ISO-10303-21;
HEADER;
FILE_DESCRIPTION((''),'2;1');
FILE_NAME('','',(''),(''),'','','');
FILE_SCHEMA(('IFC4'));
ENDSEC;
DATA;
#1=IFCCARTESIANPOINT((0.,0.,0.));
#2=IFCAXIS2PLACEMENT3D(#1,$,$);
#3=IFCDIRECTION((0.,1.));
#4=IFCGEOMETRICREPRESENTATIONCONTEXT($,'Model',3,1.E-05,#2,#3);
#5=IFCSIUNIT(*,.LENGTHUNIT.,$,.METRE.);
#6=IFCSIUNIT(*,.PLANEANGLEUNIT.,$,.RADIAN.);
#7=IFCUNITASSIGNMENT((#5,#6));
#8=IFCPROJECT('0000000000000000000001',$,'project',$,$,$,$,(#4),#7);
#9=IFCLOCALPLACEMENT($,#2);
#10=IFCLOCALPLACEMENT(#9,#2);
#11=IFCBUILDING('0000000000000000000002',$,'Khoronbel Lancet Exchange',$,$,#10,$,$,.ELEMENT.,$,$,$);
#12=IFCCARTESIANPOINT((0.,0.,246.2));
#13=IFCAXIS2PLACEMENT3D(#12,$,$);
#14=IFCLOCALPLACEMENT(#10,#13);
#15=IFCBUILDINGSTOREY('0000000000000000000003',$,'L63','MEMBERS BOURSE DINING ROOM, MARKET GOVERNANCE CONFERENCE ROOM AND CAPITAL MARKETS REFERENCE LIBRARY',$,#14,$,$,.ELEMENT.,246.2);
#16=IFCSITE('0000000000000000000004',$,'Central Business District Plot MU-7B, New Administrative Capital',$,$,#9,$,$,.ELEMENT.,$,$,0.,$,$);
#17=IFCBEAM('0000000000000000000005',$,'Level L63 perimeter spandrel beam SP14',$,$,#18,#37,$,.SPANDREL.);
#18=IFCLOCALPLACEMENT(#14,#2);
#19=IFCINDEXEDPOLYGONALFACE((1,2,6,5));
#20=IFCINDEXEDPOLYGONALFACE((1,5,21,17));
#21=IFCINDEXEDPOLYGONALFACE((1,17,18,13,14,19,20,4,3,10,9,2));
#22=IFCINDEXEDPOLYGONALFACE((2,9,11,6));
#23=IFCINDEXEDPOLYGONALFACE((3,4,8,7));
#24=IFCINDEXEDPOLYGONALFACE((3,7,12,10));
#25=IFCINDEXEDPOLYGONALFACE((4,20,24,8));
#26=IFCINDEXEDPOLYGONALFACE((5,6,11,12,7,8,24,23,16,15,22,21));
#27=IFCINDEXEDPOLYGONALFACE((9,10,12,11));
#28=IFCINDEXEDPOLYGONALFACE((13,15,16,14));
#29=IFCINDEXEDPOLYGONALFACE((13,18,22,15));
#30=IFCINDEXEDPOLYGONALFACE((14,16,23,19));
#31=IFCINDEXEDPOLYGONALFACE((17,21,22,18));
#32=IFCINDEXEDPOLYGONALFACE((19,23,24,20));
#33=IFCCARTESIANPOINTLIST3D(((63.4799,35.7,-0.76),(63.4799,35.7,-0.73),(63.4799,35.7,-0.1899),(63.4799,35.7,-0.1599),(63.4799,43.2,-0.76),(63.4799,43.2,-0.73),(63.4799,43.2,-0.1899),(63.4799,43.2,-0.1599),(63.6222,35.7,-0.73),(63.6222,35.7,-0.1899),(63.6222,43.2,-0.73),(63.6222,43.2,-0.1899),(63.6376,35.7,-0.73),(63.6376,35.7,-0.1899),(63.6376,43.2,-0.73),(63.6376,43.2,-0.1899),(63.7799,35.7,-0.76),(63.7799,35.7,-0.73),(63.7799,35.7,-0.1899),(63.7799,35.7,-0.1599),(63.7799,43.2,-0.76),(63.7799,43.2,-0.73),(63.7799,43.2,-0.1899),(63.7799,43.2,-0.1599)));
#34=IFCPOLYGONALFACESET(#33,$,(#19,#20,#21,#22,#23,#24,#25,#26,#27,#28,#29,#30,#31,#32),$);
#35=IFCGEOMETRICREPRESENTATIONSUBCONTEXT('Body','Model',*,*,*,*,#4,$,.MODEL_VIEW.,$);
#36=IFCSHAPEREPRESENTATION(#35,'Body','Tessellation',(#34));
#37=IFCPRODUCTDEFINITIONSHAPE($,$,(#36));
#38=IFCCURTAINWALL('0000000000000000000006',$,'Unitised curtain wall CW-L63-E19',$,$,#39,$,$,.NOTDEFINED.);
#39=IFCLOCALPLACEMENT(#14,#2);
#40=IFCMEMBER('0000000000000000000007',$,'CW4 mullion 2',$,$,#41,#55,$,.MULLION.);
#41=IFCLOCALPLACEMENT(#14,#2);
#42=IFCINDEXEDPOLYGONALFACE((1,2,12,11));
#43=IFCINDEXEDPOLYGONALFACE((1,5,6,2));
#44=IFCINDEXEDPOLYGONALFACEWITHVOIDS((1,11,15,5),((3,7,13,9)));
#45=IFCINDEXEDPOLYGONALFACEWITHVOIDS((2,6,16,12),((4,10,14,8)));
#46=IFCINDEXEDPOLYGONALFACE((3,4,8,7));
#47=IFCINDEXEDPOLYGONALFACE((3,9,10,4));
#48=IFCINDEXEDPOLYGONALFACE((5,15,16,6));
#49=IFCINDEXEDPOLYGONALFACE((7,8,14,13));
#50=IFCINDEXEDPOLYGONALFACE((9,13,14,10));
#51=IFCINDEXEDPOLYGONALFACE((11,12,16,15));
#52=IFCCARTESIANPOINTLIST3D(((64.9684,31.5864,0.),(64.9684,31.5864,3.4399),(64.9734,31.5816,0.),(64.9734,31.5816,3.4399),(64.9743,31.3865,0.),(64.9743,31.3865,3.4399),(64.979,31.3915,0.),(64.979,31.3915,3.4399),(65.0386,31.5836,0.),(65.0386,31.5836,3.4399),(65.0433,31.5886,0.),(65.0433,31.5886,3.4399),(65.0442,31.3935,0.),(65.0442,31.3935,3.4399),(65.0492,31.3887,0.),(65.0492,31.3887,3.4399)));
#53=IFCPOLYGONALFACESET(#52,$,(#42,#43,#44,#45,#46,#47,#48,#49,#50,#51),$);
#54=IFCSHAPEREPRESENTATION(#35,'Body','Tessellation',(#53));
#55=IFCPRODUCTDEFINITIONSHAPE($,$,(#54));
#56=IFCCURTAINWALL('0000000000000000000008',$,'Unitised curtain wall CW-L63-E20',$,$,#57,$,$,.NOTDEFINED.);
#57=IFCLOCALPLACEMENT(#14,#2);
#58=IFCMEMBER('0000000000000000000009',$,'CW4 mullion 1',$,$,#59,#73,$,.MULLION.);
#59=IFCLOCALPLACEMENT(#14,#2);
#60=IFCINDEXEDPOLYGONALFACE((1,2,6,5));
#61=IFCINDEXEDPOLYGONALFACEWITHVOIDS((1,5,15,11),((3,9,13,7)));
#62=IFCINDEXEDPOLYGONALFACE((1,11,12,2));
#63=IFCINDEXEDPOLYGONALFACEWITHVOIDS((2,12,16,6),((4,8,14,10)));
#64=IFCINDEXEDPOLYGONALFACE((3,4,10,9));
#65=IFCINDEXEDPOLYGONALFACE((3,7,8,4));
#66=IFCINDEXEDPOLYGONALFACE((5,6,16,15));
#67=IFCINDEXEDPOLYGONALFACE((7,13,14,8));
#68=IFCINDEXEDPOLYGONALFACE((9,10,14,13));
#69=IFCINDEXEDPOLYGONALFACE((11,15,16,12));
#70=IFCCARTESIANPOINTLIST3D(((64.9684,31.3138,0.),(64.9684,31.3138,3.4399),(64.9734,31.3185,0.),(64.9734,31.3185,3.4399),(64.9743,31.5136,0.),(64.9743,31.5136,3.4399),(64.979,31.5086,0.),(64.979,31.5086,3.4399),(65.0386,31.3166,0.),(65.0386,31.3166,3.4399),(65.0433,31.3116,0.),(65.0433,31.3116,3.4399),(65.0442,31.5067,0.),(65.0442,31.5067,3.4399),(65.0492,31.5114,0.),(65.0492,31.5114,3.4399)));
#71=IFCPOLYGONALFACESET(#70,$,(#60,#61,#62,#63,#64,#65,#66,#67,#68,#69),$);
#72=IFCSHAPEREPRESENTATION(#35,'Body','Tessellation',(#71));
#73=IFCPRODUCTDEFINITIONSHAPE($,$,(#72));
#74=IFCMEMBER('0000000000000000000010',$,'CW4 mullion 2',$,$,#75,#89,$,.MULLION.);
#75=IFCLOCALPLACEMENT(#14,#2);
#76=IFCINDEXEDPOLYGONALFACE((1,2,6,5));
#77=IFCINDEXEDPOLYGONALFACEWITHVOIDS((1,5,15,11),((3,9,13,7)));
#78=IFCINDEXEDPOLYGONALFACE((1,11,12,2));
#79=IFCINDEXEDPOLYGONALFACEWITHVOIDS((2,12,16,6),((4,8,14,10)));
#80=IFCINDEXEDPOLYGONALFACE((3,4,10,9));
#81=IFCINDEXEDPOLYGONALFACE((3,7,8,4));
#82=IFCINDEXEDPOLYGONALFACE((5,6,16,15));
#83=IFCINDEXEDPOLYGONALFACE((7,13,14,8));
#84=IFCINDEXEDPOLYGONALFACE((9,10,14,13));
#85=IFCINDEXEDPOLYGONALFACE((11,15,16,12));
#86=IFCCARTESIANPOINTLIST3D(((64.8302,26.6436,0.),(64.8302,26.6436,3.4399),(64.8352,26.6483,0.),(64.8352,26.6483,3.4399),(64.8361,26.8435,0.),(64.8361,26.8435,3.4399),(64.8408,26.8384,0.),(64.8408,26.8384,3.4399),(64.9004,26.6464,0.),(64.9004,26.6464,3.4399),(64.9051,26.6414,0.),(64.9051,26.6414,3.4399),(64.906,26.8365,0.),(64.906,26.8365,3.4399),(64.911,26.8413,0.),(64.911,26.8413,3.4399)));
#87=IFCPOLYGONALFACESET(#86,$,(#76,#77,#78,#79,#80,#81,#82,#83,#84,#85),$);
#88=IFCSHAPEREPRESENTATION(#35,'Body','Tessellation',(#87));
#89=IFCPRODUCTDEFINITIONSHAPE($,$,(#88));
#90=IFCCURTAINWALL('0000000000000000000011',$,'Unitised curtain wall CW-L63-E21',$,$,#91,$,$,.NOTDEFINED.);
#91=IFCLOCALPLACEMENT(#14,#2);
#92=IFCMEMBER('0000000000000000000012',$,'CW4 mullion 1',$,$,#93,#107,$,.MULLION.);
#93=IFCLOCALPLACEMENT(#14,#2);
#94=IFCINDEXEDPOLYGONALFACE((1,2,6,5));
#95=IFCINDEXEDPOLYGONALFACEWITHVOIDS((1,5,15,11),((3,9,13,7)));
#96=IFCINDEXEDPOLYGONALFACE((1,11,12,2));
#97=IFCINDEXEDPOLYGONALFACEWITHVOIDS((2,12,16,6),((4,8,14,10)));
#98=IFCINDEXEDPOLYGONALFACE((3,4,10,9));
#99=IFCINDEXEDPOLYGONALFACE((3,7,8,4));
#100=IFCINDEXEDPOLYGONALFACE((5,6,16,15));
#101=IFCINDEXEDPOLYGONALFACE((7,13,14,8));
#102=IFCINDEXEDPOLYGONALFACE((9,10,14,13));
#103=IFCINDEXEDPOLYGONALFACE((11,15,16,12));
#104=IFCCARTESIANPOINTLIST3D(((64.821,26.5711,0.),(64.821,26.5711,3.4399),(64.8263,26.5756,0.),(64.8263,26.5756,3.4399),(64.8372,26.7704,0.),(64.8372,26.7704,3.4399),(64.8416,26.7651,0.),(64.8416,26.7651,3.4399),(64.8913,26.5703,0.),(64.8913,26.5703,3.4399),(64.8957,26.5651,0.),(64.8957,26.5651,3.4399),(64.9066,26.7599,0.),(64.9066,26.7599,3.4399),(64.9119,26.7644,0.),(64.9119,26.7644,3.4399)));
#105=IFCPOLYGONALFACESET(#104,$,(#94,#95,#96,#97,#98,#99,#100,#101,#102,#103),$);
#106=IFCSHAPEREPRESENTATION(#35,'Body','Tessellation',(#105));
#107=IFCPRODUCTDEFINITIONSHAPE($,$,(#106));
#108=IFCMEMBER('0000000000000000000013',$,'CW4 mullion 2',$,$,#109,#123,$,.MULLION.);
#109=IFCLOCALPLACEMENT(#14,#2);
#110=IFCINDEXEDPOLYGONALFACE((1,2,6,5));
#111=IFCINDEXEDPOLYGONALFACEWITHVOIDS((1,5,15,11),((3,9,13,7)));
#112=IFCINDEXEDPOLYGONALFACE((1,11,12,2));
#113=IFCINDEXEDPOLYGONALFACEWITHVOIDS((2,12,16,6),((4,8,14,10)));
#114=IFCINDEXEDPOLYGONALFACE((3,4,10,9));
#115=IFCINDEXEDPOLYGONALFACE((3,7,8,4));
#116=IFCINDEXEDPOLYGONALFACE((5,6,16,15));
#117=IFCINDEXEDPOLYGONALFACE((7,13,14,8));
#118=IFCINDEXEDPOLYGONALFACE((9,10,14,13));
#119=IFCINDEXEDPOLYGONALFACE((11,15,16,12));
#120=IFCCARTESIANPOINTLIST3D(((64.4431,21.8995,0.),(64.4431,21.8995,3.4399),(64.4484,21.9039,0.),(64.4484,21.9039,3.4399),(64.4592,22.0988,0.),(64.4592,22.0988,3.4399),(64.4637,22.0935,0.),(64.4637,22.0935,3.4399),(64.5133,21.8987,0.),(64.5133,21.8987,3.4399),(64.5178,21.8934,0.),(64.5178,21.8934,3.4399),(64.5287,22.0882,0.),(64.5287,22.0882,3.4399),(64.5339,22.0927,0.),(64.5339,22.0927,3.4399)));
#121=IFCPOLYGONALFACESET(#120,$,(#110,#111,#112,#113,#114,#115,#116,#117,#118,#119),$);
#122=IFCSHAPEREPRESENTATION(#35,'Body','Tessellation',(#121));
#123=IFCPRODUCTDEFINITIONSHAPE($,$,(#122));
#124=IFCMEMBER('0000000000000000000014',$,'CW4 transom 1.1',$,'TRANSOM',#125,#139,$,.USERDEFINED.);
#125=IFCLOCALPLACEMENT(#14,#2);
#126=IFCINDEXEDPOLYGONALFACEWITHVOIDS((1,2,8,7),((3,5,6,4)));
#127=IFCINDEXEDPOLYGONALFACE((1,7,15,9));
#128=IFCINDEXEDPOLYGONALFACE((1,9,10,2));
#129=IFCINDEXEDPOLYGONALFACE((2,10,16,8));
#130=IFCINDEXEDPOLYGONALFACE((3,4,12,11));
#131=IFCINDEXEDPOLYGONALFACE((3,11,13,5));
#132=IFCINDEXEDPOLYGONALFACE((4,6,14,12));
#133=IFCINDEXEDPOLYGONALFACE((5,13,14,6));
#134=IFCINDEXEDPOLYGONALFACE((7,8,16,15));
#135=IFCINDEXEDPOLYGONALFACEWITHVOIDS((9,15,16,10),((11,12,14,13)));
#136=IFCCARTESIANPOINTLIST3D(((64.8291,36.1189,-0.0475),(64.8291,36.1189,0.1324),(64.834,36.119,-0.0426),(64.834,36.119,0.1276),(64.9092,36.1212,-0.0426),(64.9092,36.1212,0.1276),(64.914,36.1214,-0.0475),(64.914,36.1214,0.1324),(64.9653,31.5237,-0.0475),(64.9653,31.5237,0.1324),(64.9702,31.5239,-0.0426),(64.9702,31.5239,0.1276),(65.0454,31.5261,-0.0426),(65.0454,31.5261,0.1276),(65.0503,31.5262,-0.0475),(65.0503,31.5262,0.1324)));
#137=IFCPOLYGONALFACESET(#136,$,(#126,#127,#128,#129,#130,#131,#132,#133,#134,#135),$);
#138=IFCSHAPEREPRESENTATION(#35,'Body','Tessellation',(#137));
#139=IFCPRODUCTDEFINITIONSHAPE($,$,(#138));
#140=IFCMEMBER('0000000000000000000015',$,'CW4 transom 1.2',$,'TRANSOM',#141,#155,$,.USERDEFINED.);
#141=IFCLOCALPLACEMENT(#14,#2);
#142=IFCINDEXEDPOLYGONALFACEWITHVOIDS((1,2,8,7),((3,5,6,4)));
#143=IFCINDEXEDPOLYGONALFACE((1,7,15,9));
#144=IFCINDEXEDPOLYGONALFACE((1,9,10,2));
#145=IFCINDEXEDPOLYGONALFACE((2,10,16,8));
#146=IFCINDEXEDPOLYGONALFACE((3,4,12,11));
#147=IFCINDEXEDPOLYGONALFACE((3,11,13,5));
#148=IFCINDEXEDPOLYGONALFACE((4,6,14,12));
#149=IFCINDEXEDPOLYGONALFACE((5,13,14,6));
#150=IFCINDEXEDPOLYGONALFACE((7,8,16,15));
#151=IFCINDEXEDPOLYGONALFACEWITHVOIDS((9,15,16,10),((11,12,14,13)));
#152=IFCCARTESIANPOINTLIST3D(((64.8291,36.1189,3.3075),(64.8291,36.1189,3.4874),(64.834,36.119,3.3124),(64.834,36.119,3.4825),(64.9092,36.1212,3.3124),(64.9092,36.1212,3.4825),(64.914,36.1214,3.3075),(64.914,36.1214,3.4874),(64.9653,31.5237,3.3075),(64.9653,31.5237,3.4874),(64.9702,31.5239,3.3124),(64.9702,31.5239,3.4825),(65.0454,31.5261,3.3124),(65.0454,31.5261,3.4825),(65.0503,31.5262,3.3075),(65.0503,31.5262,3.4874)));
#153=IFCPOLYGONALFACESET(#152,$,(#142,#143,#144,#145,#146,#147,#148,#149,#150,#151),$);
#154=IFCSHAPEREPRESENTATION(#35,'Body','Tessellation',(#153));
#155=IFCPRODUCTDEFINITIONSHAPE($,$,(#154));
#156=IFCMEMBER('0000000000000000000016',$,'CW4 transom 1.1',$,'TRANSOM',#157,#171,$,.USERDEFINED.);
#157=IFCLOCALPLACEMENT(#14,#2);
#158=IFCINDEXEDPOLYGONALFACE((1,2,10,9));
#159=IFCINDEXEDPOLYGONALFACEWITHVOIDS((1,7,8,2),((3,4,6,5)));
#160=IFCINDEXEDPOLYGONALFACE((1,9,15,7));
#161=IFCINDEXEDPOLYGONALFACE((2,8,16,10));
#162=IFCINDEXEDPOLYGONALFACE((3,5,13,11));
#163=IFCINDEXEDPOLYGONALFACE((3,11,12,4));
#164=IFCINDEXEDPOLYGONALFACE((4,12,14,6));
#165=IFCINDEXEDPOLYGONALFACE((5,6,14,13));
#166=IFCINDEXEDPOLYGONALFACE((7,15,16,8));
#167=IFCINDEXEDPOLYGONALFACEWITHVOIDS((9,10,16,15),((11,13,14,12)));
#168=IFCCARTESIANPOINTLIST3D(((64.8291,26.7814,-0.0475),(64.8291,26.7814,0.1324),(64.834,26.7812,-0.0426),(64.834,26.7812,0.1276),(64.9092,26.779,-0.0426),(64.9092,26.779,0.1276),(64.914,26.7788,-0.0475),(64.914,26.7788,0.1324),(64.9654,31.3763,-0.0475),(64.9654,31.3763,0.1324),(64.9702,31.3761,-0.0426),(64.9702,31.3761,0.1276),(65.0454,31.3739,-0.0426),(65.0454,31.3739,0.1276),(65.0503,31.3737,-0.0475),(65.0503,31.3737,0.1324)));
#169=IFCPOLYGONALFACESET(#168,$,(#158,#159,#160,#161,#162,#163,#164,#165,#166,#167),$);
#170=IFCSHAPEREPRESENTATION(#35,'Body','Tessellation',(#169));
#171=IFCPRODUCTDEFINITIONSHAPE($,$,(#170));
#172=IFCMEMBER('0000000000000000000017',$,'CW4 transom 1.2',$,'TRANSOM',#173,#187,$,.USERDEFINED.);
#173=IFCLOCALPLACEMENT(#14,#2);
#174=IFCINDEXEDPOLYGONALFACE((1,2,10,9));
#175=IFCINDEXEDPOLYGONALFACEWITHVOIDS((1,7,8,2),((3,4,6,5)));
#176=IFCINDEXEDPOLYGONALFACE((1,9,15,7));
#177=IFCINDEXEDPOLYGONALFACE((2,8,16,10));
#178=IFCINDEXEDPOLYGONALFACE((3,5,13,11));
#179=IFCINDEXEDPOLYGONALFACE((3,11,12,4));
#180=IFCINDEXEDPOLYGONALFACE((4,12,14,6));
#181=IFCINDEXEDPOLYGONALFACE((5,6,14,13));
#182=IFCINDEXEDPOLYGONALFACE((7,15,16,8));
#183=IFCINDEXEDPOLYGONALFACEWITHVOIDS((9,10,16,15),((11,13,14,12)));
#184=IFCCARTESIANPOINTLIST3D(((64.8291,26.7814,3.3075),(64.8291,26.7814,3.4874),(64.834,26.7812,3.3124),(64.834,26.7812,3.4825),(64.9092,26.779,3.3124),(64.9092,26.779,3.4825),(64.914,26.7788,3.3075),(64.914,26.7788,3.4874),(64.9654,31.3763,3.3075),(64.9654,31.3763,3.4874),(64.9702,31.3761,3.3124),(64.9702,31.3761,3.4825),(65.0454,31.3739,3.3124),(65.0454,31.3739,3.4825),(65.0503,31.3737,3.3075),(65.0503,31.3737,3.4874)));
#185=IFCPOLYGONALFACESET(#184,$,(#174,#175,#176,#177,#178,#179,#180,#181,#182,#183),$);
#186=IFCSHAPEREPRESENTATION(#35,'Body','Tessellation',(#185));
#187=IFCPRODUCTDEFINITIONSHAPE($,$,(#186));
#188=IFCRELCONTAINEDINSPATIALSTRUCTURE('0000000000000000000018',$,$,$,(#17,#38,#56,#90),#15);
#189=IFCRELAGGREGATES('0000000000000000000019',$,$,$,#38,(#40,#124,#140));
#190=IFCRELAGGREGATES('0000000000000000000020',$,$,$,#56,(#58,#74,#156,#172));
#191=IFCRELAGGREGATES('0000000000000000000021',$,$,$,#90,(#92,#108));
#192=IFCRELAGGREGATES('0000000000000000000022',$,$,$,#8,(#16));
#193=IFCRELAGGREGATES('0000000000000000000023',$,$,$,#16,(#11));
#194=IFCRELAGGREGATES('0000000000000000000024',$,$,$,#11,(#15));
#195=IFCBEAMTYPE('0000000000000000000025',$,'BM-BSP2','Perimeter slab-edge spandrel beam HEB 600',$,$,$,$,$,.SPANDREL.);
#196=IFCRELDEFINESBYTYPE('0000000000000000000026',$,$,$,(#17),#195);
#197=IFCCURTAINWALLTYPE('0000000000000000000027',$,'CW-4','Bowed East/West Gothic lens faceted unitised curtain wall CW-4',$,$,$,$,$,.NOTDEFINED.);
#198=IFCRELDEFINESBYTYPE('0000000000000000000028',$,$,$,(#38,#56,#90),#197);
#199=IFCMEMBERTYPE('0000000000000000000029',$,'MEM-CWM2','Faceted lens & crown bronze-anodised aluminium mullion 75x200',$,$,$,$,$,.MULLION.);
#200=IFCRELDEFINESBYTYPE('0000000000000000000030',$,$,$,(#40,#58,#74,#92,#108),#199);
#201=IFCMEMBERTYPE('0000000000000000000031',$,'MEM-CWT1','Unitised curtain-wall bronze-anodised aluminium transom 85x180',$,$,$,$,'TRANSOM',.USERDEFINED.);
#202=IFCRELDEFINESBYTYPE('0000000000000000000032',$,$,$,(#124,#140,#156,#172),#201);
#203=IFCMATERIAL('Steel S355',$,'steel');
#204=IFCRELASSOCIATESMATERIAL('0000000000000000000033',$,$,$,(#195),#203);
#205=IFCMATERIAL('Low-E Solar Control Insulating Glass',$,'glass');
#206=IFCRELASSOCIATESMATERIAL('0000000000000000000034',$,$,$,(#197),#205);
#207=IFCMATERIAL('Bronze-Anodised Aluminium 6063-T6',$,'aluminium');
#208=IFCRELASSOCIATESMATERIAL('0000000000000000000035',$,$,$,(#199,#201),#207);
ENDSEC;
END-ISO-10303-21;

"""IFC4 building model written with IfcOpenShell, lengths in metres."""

from ifc_helpers import new_model, si_unit, direction, frame, origin, origin_2d, place, context, subcontext, project, spatial, hollow_rectangle, i_section, extrude, material, material_profile, profile_set, type_object, element, aggregate, save


model = new_model("IFC4")

# Units and contexts
model_context = context("Model", 3, precision=1e-05, world=origin(), true_north=direction((0.0, 1.0)))
body_context = subcontext(model_context, "Body", "Model", "MODEL_VIEW")
ifc_project = project(units=[si_unit("LENGTHUNIT", "METRE"), si_unit("PLANEANGLEUNIT", "RADIAN")], contexts=[model_context])

# Site, building, storey
site_placement = place(None, origin())
site = spatial("IfcSite", under=ifc_project, at=site_placement, Name="Central Business District Plot MU-7B, New Administrative Capital", CompositionType="ELEMENT", RefElevation=0.0)
building_placement = place(site_placement, origin())
building = spatial("IfcBuilding", under=site, at=building_placement, Name="Khoronbel Lancet Exchange", CompositionType="ELEMENT")
storey_placement = place(building_placement, frame((0.0, 0.0, 246.2)))
storey = spatial("IfcBuildingStorey", under=building, at=storey_placement, Name="L63", Description="MEMBERS BOURSE DINING ROOM, MARKET GOVERNANCE CONFERENCE ROOM AND CAPITAL MARKETS REFERENCE LIBRARY", CompositionType="ELEMENT", Elevation=246.2)

# Shared definitions
ifc_material_1 = material(Name="Steel S355", Category="steel")

# Beam
ifc_material_profile_1 = material_profile(ifc_material_1, i_section(OverallWidth=0.3, OverallDepth=0.6001, WebThickness=0.0154, FlangeThickness=0.03, at=origin_2d()), Name="HEB 600")
ifc_profile_set_1 = profile_set([ifc_material_profile_1], Name="Steel S355")
beam_type_1 = type_object("IfcBeamType", Name="BM-BSP2", Description="Perimeter slab-edge spandrel beam HEB 600", PredefinedType="SPANDREL", material=ifc_profile_set_1)
beam_1_placement = place(storey_placement, frame((63.6299, 35.7, -0.46), z_axis=(0.0, 1.0, 0.0), x_axis=(-1.0, 0.0, 0.0)))
element("IfcBeam", 1, at=beam_1_placement, inside=storey, type_object=beam_type_1, Name="Level L63 perimeter spandrel beam SP14", PredefinedType="SPANDREL", context=body_context, shape_type="SweptSolid", body=[
    extrude(i_section(OverallWidth=0.3, OverallDepth=0.6001, WebThickness=0.0154, FlangeThickness=0.03, at=origin_2d()), origin(), (0.0, 0.0, 1.0), 7.5),
])

# Curtain wall, member
ifc_material_2 = material(Name="Low-E Solar Control Insulating Glass", Category="glass")
curtain_wall_type = type_object("IfcCurtainWallType", Name="CW-4", Description="Bowed East/West Gothic lens faceted unitised curtain wall CW-4", PredefinedType="NOTDEFINED", material=ifc_material_2)
curtain_wall_1_placement = place(storey_placement, origin())
curtain_wall_1 = element("IfcCurtainWall", 2, at=curtain_wall_1_placement, inside=storey, type_object=curtain_wall_type, Name="Unitised curtain wall CW-L63-E19", PredefinedType="NOTDEFINED")
ifc_material_3 = material(Name="Bronze-Anodised Aluminium 6063-T6", Category="aluminium")
ifc_material_profile_2 = material_profile(ifc_material_3, hollow_rectangle(XDim=0.075, YDim=0.2, WallThickness=0.0049, at=origin_2d()), Name="ALU MULLION 75x200")
ifc_profile_set_2 = profile_set([ifc_material_profile_2], Name="Bronze-Anodised Aluminium 6063-T6")
member_type_1 = type_object("IfcMemberType", Name="MEM-CWM2", Description="Faceted lens & crown bronze-anodised aluminium mullion 75x200", PredefinedType="MULLION", material=ifc_profile_set_2)
member_1_placement = place(storey_placement, frame((65.0088, 31.4875, 0.0), z_axis=(0.0, 0.0, 1.0), x_axis=(0.999561, 0.029618, 0.0)))
member_1 = element("IfcMember", 3, at=member_1_placement, type_object=member_type_1, Name="CW4 mullion 2", PredefinedType="MULLION", context=body_context, shape_type="SweptSolid", body=[
    extrude(hollow_rectangle(XDim=0.075, YDim=0.2, WallThickness=0.0049, at=origin_2d()), origin(), (0.0, 0.0, 1.0), 3.4399),
])

# Curtain walls, members
curtain_wall_2_placement = place(storey_placement, origin())
curtain_wall_2 = element("IfcCurtainWall", 4, at=curtain_wall_2_placement, inside=storey, type_object=curtain_wall_type, Name="Unitised curtain wall CW-L63-E20", PredefinedType="NOTDEFINED")
member_2_placement = place(storey_placement, frame((65.0088, 31.4126, 0.0), z_axis=(0.0, 0.0, 1.0), x_axis=(0.999561, -0.029618, 0.0)))
member_2 = element("IfcMember", 5, at=member_2_placement, type_object=member_type_1, Name="CW4 mullion 1", PredefinedType="MULLION", context=body_context, shape_type="SweptSolid", body=[
    extrude(hollow_rectangle(XDim=0.075, YDim=0.2, WallThickness=0.0049, at=origin_2d()), origin(), (0.0, 0.0, 1.0), 3.4399),
])
member_3_placement = place(storey_placement, frame((64.8706, 26.7424, 0.0), z_axis=(0.0, 0.0, 1.0), x_axis=(0.999561, -0.029618, 0.0)))
member_3 = element("IfcMember", 6, at=member_3_placement, type_object=member_type_1, Name="CW4 mullion 2", PredefinedType="MULLION", context=body_context, shape_type="SweptSolid", body=[
    extrude(hollow_rectangle(XDim=0.075, YDim=0.2, WallThickness=0.0049, at=origin_2d()), origin(), (0.0, 0.0, 1.0), 3.4399),
])
curtain_wall_3_placement = place(storey_placement, origin())
curtain_wall_3 = element("IfcCurtainWall", 7, at=curtain_wall_3_placement, inside=storey, type_object=curtain_wall_type, Name="Unitised curtain wall CW-L63-E21", PredefinedType="NOTDEFINED")
member_4_placement = place(storey_placement, frame((64.8665, 26.6677, 0.0), z_axis=(0.0, 0.0, 1.0), x_axis=(0.996743, -0.08064, 0.0)))
member_4 = element("IfcMember", 8, at=member_4_placement, type_object=member_type_1, Name="CW4 mullion 1", PredefinedType="MULLION", context=body_context, shape_type="SweptSolid", body=[
    extrude(hollow_rectangle(XDim=0.075, YDim=0.2, WallThickness=0.0049, at=origin_2d()), origin(), (0.0, 0.0, 1.0), 3.4399),
])
member_5_placement = place(storey_placement, frame((64.4885, 21.9961, 0.0), z_axis=(0.0, 0.0, 1.0), x_axis=(0.996743, -0.08064, 0.0)))
member_5 = element("IfcMember", 9, at=member_5_placement, type_object=member_type_1, Name="CW4 mullion 2", PredefinedType="MULLION", context=body_context, shape_type="SweptSolid", body=[
    extrude(hollow_rectangle(XDim=0.075, YDim=0.2, WallThickness=0.0049, at=origin_2d()), origin(), (0.0, 0.0, 1.0), 3.4399),
])

# Members
ifc_material_profile_3 = material_profile(ifc_material_3, hollow_rectangle(XDim=0.085, YDim=0.1799, WallThickness=0.0049, at=origin_2d()), Name="ALU TRANSOM 85x180")
ifc_profile_set_3 = profile_set([ifc_material_profile_3], Name="Bronze-Anodised Aluminium 6063-T6")
member_type_2 = type_object("IfcMemberType", Name="MEM-CWT1", Description="Unitised curtain-wall bronze-anodised aluminium transom 85x180", ElementType="TRANSOM", PredefinedType="USERDEFINED", material=ifc_profile_set_3)
member_6_placement = place(storey_placement, frame((64.8716, 36.1201, 0.0425), z_axis=(0.029633, -0.999561, 0.0), x_axis=(0.999561, 0.029633, 0.0)))
member_6 = element("IfcMember", 10, at=member_6_placement, type_object=member_type_2, Name="CW4 transom 1.1", ObjectType="TRANSOM", PredefinedType="USERDEFINED", context=body_context, shape_type="SweptSolid", body=[
    extrude(hollow_rectangle(XDim=0.085, YDim=0.1799, WallThickness=0.0049, at=origin_2d()), origin(), (0.0, 0.0, 1.0), 4.5972),
])
member_7_placement = place(storey_placement, frame((64.8716, 36.1201, 3.3975), z_axis=(0.029633, -0.999561, 0.0), x_axis=(0.999561, 0.029633, 0.0)))
member_7 = element("IfcMember", 11, at=member_7_placement, type_object=member_type_2, Name="CW4 transom 1.2", ObjectType="TRANSOM", PredefinedType="USERDEFINED", context=body_context, shape_type="SweptSolid", body=[
    extrude(hollow_rectangle(XDim=0.085, YDim=0.1799, WallThickness=0.0049, at=origin_2d()), origin(), (0.0, 0.0, 1.0), 4.5972),
])
member_8_placement = place(storey_placement, frame((65.0078, 31.375, 0.0425), z_axis=(-0.029635, -0.999561, 0.0), x_axis=(0.999561, -0.029635, 0.0)))
member_8 = element("IfcMember", 12, at=member_8_placement, type_object=member_type_2, Name="CW4 transom 1.1", ObjectType="TRANSOM", PredefinedType="USERDEFINED", context=body_context, shape_type="SweptSolid", body=[
    extrude(hollow_rectangle(XDim=0.085, YDim=0.1799, WallThickness=0.0049, at=origin_2d()), origin(), (0.0, 0.0, 1.0), 4.5969),
])
member_9_placement = place(storey_placement, frame((65.0078, 31.375, 3.3975), z_axis=(-0.029635, -0.999561, 0.0), x_axis=(0.999561, -0.029635, 0.0)))
member_9 = element("IfcMember", 13, at=member_9_placement, type_object=member_type_2, Name="CW4 transom 1.2", ObjectType="TRANSOM", PredefinedType="USERDEFINED", context=body_context, shape_type="SweptSolid", body=[
    extrude(hollow_rectangle(XDim=0.085, YDim=0.1799, WallThickness=0.0049, at=origin_2d()), origin(), (0.0, 0.0, 1.0), 4.5969),
])

aggregate(curtain_wall_1, [member_1, member_6, member_7])
aggregate(curtain_wall_2, [member_2, member_3, member_8, member_9])
aggregate(curtain_wall_3, [member_4, member_5])

save(model, "model.ifc")
